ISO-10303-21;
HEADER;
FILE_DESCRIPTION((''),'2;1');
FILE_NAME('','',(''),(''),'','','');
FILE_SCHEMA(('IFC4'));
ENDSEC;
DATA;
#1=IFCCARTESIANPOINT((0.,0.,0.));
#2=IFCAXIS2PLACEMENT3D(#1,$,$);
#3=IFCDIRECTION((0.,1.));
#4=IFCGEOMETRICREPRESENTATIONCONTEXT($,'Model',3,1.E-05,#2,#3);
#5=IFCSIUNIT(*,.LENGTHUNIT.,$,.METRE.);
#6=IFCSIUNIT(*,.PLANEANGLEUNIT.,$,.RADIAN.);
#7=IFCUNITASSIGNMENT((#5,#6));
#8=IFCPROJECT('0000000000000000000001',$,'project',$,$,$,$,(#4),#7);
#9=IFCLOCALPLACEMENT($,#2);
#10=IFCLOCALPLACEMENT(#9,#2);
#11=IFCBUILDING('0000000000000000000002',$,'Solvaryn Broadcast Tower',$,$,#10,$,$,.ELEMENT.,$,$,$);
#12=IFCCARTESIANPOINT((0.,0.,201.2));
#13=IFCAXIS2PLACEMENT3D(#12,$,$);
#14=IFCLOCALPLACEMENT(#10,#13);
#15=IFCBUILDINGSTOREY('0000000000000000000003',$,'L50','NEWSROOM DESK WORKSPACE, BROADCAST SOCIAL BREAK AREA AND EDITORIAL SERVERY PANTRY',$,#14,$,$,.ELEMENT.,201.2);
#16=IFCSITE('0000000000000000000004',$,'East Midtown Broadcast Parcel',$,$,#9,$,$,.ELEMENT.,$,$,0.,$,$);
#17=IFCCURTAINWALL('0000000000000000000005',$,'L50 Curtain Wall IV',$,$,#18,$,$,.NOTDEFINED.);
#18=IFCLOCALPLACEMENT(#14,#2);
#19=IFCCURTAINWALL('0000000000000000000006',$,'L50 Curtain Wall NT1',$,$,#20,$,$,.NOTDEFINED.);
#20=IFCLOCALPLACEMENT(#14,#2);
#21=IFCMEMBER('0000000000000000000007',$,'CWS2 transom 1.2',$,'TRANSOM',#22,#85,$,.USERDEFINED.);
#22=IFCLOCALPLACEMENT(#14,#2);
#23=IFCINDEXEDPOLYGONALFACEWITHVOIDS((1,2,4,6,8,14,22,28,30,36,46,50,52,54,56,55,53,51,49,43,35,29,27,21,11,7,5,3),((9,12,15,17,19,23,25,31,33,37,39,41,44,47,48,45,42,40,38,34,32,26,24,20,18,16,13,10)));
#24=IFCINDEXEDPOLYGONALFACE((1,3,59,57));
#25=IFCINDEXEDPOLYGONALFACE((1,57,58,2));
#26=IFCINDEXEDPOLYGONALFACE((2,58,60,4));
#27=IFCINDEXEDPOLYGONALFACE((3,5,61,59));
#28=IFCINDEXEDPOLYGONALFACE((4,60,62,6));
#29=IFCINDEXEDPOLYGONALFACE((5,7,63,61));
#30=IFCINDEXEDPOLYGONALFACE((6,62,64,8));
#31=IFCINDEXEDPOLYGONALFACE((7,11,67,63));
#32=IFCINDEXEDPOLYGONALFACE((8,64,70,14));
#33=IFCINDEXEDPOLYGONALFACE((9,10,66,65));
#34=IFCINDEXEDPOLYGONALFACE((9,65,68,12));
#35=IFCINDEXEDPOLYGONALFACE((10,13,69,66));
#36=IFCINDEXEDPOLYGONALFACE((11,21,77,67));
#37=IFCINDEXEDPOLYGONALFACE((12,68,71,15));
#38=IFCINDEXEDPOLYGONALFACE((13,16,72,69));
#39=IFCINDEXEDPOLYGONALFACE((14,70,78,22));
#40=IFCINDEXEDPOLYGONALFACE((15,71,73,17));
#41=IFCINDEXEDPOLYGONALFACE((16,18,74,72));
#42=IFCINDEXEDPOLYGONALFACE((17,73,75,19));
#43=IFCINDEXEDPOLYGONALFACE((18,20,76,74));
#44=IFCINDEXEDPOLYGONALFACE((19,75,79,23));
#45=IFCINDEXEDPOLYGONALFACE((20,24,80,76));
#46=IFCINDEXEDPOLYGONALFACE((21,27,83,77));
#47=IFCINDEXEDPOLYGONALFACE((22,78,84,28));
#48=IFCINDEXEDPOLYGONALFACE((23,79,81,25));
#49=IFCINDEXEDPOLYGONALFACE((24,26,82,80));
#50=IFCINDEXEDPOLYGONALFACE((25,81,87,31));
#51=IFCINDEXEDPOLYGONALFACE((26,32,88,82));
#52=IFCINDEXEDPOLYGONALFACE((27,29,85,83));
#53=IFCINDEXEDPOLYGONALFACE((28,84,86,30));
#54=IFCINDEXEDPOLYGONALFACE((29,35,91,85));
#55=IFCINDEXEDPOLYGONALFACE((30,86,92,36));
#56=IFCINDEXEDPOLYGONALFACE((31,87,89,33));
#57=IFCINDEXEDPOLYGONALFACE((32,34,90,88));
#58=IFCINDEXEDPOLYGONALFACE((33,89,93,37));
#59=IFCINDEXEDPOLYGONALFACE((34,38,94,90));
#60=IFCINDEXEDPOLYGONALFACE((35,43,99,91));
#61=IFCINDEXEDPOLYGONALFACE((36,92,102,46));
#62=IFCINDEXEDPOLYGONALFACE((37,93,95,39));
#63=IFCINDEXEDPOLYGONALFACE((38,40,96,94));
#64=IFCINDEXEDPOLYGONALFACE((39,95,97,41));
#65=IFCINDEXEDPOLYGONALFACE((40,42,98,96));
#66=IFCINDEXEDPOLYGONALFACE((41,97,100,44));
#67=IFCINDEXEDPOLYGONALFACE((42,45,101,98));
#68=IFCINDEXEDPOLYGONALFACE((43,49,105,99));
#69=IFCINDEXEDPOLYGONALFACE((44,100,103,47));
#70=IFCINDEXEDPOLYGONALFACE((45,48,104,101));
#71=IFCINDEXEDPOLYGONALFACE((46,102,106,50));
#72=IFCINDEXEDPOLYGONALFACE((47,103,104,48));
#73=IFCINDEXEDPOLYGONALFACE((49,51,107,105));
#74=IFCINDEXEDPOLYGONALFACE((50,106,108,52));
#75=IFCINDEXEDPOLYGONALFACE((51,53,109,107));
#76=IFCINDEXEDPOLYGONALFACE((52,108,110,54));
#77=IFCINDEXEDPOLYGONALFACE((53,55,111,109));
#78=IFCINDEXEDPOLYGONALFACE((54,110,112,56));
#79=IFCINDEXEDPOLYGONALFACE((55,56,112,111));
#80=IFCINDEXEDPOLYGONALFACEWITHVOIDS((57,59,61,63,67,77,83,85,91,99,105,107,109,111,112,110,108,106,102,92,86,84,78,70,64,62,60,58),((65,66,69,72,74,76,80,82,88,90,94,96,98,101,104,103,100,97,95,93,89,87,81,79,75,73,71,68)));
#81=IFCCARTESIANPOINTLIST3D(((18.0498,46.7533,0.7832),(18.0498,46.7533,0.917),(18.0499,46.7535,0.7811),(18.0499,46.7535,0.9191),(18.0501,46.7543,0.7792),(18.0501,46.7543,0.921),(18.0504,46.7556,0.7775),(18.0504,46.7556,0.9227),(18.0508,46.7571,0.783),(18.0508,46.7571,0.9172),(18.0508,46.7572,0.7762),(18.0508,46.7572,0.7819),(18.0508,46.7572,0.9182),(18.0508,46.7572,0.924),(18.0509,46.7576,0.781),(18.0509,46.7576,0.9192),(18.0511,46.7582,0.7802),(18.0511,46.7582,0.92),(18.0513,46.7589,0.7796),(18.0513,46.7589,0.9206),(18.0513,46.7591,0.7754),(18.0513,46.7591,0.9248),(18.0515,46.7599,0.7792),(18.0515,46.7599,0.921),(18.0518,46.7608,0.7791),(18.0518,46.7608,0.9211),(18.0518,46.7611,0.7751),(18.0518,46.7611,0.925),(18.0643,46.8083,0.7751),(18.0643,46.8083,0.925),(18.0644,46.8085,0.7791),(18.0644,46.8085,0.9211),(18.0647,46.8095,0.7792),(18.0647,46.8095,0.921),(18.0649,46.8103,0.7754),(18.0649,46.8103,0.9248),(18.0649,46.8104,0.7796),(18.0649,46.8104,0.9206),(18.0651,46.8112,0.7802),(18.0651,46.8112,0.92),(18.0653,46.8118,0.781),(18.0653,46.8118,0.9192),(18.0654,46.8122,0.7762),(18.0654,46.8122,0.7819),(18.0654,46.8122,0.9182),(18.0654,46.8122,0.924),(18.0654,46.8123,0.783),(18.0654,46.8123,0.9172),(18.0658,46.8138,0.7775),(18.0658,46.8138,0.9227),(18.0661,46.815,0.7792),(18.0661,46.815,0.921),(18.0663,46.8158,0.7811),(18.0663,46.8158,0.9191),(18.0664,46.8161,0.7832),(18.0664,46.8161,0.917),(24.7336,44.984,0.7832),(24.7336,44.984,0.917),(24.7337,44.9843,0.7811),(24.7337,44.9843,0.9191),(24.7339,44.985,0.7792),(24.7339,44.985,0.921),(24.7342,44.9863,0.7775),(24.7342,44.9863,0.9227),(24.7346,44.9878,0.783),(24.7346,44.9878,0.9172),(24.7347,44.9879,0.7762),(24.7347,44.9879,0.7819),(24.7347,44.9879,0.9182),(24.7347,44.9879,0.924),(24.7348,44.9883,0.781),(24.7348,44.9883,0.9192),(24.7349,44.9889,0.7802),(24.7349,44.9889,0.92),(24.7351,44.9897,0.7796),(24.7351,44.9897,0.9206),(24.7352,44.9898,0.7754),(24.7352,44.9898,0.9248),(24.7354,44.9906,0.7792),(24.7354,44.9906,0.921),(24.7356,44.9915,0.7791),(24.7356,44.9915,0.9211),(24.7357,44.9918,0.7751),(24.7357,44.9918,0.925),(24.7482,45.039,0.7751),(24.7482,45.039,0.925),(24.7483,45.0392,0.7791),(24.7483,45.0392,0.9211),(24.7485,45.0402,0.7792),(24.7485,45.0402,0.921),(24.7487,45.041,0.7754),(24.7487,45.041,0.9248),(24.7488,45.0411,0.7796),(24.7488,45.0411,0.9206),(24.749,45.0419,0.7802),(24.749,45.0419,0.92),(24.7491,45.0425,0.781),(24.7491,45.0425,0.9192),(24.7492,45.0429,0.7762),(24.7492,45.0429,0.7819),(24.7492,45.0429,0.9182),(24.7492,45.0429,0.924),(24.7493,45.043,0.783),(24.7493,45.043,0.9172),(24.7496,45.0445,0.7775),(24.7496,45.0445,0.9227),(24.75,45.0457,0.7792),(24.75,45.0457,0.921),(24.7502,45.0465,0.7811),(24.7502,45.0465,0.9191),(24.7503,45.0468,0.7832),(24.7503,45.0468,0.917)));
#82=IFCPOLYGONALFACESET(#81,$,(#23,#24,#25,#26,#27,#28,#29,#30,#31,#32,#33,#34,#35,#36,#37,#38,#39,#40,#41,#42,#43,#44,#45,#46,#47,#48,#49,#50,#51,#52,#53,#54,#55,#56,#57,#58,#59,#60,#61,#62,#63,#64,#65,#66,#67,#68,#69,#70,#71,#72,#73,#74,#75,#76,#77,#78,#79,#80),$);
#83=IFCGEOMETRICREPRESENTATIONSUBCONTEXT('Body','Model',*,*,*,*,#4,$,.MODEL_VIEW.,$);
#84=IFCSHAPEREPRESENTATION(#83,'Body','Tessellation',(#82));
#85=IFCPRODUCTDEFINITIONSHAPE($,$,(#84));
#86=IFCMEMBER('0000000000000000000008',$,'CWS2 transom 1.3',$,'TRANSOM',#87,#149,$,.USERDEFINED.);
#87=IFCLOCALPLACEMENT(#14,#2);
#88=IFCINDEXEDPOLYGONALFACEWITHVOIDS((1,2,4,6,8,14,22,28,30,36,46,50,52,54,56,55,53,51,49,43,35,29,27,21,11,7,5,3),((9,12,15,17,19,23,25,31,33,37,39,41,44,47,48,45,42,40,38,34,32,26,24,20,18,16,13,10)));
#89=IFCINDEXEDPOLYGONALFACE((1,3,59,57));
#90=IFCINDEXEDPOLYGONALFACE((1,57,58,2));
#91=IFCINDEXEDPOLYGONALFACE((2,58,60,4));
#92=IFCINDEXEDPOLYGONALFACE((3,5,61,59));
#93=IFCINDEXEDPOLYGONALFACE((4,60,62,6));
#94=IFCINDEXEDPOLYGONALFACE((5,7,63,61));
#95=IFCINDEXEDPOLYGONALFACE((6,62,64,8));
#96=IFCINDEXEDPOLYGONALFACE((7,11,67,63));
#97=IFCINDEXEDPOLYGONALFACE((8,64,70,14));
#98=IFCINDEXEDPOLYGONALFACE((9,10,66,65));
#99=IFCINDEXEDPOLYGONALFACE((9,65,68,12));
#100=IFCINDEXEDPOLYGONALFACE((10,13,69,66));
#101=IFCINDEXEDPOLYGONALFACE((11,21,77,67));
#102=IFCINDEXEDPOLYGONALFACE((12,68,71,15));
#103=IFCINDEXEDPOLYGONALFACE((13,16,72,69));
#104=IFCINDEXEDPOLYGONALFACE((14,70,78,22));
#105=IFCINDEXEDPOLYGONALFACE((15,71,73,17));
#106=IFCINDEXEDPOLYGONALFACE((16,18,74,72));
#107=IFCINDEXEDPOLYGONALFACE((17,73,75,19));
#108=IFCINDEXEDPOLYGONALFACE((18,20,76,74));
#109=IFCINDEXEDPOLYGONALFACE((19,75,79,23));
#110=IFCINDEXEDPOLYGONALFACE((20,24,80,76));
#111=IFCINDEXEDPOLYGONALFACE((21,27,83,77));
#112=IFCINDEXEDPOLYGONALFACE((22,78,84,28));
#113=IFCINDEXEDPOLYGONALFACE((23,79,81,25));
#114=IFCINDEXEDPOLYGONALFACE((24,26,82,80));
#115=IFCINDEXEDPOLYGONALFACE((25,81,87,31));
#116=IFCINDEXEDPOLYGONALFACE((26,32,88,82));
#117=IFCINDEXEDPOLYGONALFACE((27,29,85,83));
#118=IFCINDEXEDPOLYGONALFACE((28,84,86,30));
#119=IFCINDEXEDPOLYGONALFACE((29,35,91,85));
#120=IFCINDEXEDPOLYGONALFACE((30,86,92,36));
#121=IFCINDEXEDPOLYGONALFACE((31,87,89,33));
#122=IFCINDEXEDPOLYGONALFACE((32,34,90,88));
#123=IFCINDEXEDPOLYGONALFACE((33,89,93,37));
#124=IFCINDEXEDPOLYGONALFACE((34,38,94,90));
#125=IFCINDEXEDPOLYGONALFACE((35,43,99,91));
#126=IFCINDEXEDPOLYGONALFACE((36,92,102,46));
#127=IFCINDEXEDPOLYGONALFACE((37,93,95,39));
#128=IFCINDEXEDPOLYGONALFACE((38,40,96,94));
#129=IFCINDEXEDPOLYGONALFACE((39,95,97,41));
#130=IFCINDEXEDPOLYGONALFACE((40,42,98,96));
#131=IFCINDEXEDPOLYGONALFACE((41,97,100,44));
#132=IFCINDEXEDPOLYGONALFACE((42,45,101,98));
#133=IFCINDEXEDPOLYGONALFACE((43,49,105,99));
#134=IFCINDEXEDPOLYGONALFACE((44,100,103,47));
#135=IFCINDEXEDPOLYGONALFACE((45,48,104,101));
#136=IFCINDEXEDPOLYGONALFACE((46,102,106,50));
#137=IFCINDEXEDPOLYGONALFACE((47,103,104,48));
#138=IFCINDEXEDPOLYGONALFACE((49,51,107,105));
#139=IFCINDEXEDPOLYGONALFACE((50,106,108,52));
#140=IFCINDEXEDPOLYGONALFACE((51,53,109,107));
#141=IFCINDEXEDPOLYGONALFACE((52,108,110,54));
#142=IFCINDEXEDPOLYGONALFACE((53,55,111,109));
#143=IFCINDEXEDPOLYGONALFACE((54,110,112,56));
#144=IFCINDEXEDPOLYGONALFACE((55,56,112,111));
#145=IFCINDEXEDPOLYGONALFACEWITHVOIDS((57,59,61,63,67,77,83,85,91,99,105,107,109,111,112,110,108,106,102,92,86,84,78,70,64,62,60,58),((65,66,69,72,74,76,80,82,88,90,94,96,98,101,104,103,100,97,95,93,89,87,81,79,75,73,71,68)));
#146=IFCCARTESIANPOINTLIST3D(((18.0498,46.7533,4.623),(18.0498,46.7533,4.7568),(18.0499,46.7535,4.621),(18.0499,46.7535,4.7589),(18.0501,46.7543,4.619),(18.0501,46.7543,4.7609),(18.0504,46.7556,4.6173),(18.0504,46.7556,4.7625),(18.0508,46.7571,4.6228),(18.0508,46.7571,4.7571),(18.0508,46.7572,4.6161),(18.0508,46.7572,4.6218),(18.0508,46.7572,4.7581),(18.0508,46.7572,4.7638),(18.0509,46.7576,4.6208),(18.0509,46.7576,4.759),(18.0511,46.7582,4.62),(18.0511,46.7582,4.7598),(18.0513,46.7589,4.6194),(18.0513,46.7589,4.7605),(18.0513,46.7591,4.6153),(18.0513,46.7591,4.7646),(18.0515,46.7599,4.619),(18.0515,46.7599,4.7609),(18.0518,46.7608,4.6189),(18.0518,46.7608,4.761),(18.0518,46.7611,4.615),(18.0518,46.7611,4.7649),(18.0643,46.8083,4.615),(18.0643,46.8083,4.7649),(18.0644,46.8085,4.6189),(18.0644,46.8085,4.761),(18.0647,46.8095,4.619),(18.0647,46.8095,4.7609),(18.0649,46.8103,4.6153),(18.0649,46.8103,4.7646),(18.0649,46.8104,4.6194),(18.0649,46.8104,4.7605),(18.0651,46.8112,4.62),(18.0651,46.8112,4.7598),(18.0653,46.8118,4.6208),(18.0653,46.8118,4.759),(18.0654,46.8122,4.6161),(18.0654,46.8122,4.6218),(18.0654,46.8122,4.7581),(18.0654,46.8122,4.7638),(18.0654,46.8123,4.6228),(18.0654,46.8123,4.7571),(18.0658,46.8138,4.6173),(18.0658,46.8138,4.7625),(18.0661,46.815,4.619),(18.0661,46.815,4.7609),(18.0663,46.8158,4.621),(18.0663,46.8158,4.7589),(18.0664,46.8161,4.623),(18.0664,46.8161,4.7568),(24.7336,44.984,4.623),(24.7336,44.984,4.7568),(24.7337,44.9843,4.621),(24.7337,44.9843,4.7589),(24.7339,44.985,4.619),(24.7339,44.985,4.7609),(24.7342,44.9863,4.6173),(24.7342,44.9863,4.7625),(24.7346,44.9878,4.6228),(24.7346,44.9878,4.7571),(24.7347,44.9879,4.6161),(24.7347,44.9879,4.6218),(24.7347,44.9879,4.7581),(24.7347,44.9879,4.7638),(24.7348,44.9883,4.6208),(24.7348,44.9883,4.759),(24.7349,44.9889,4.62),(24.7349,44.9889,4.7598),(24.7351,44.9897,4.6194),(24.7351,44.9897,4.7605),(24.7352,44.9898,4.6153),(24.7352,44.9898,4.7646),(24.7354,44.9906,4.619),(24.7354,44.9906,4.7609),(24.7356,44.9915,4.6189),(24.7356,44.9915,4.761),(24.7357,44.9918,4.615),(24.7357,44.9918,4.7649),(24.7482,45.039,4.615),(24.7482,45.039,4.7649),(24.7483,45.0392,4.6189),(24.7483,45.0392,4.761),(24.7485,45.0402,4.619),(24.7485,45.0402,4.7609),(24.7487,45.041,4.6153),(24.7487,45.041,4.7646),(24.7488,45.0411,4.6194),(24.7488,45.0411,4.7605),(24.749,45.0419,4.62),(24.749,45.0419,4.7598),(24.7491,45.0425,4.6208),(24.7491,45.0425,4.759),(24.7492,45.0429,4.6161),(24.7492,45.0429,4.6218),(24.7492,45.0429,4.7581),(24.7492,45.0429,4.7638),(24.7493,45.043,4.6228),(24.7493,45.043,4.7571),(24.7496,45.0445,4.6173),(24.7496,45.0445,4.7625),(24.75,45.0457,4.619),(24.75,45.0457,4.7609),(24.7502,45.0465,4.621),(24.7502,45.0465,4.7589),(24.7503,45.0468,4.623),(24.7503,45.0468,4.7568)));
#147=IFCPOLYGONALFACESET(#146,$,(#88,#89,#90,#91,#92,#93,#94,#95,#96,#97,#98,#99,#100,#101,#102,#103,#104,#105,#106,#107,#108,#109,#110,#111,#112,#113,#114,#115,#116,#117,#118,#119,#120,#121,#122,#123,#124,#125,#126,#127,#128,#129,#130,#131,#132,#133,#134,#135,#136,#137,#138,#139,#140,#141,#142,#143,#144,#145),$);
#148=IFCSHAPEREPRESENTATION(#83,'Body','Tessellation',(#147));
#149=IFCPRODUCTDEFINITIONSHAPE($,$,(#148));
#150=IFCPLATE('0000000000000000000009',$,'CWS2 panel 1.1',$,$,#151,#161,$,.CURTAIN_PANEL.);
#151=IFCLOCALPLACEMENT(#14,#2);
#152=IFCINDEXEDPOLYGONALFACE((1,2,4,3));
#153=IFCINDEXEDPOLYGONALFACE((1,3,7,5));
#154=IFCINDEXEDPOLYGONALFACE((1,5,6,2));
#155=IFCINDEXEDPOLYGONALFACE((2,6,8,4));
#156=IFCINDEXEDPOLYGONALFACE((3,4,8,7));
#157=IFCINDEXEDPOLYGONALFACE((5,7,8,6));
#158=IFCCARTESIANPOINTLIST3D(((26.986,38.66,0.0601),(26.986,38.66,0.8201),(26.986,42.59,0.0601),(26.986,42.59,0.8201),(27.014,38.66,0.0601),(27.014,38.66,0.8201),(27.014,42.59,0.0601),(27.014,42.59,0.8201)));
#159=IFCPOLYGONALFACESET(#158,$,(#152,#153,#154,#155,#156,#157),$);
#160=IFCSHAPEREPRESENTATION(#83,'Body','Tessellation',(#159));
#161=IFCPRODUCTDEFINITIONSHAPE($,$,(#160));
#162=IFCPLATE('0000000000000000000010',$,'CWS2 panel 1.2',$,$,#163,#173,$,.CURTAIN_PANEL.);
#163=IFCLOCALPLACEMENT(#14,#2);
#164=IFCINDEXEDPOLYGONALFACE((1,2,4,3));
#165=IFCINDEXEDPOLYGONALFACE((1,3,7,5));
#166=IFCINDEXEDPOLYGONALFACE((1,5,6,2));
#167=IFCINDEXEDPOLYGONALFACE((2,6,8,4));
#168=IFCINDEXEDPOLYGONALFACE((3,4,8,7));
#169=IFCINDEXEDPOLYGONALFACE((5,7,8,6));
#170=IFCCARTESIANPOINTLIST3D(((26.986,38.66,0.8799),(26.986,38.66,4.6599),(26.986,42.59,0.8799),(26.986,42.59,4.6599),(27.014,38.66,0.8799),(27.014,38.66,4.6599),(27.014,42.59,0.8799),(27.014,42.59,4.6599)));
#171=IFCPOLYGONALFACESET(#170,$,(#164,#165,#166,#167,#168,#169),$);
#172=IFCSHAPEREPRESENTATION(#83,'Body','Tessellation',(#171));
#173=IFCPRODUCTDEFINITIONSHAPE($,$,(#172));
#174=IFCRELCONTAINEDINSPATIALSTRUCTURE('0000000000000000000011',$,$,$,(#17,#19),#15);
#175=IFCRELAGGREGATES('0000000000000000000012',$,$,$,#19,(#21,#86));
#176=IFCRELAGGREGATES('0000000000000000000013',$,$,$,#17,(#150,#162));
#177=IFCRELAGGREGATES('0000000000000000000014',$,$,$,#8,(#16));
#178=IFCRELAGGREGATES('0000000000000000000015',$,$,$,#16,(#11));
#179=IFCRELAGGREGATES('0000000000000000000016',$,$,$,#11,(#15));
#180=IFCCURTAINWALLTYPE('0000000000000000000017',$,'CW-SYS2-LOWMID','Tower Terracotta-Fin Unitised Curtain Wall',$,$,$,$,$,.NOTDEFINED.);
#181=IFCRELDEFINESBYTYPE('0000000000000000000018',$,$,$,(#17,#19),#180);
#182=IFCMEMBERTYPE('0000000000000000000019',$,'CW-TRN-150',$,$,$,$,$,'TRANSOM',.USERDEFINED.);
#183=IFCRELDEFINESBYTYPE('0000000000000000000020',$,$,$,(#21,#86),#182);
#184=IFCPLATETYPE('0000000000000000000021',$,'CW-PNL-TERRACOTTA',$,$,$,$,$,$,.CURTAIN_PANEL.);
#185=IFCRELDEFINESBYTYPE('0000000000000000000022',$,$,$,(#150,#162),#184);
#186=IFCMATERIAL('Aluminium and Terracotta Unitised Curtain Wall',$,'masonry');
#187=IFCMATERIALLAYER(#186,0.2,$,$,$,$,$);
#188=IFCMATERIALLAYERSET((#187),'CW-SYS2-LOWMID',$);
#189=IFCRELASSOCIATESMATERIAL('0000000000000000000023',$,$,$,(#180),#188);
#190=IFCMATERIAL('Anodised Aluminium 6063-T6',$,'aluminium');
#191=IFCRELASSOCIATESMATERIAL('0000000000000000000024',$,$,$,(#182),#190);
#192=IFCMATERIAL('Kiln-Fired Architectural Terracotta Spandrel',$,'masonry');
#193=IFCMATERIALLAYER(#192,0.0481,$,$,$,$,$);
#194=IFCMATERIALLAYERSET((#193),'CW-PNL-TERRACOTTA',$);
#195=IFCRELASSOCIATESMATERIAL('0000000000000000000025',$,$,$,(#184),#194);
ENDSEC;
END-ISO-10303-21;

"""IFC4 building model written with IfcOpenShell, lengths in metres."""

from ifc_helpers import new_model, si_unit, direction, frame, origin, origin_2d, place, context, subcontext, project, spatial, rectangle, hollow_rectangle, extrude, material, layer, layer_set, material_profile, profile_set, type_object, element, aggregate, save


model = new_model("IFC4")

# Units and contexts
model_context = context("Model", 3, precision=1e-05, world=origin(), true_north=direction((0.0, 1.0)))
body_context = subcontext(model_context, "Body", "Model", "MODEL_VIEW")
ifc_project = project(units=[si_unit("LENGTHUNIT", "METRE"), si_unit("PLANEANGLEUNIT", "RADIAN")], contexts=[model_context])

# Site, building, storey
site_placement = place(None, origin())
site = spatial("IfcSite", under=ifc_project, at=site_placement, Name="East Midtown Broadcast Parcel", CompositionType="ELEMENT", RefElevation=0.0)
building_placement = place(site_placement, origin())
building = spatial("IfcBuilding", under=site, at=building_placement, Name="Solvaryn Broadcast Tower", CompositionType="ELEMENT")
storey_placement = place(building_placement, frame((0.0, 0.0, 201.2)))
storey = spatial("IfcBuildingStorey", under=building, at=storey_placement, Name="L50", Description="NEWSROOM DESK WORKSPACE, BROADCAST SOCIAL BREAK AREA AND EDITORIAL SERVERY PANTRY", CompositionType="ELEMENT", Elevation=201.2)

# Curtain wall
ifc_material_1 = material(Name="Aluminium and Terracotta Unitised Curtain Wall", Category="masonry")
ifc_layer_1 = layer(ifc_material_1, 0.2)
ifc_layer_set_1 = layer_set([ifc_layer_1], Name="CW-SYS2-LOWMID")
curtain_wall_type = type_object("IfcCurtainWallType", Name="CW-SYS2-LOWMID", Description="Tower Terracotta-Fin Unitised Curtain Wall", PredefinedType="NOTDEFINED", material=ifc_layer_set_1)
curtain_wall_1_placement = place(storey_placement, origin())
curtain_wall_1 = element("IfcCurtainWall", 1, at=curtain_wall_1_placement, inside=storey, type_object=curtain_wall_type, Name="L50 Curtain Wall IV", PredefinedType="NOTDEFINED")

# Curtain wall
curtain_wall_2_placement = place(storey_placement, origin())
curtain_wall_2 = element("IfcCurtainWall", 2, at=curtain_wall_2_placement, inside=storey, type_object=curtain_wall_type, Name="L50 Curtain Wall NT1", PredefinedType="NOTDEFINED")

# Members
ifc_material_2 = material(Name="Anodised Aluminium 6063-T6", Category="aluminium")
ifc_material_profile_1 = material_profile(ifc_material_2, hollow_rectangle(XDim=0.0649, YDim=0.1499, WallThickness=0.0039, InnerFilletRadius=0.0039, OuterFilletRadius=0.0081, at=origin_2d()))
ifc_profile_set_1 = profile_set([ifc_material_profile_1], Name="Anodised Aluminium 6063-T6")
member_type_1 = type_object("IfcMemberType", Name="CW-TRN-150", ElementType="TRANSOM", PredefinedType="USERDEFINED", material=ifc_profile_set_1)
member_1_placement = place(storey_placement, frame((24.7419, 45.0154, 0.8501), z_axis=(-0.966704, 0.255897, 0.0), x_axis=(-0.255897, -0.966704, 0.0)))
member_1 = element("IfcMember", 3, at=member_1_placement, type_object=member_type_1, Name="CWS2 transom 1.2", ObjectType="TRANSOM", PredefinedType="USERDEFINED", context=body_context, shape_type="SweptSolid", body=[
    extrude(hollow_rectangle(XDim=0.0649, YDim=0.1499, WallThickness=0.0039, InnerFilletRadius=0.0039, OuterFilletRadius=0.0081, at=origin_2d()), origin(), (0.0, 0.0, 1.0), 6.9141),
])
member_2_placement = place(storey_placement, frame((24.7419, 45.0154, 4.6899), z_axis=(-0.966704, 0.255897, 0.0), x_axis=(-0.255897, -0.966704, 0.0)))
member_2 = element("IfcMember", 4, at=member_2_placement, type_object=member_type_1, Name="CWS2 transom 1.3", ObjectType="TRANSOM", PredefinedType="USERDEFINED", context=body_context, shape_type="SweptSolid", body=[
    extrude(hollow_rectangle(XDim=0.0649, YDim=0.1499, WallThickness=0.0039, InnerFilletRadius=0.0039, OuterFilletRadius=0.0081, at=origin_2d()), origin(), (0.0, 0.0, 1.0), 6.9141),
])
aggregate(curtain_wall_2, [member_1, member_2])

# Plates
ifc_material_3 = material(Name="Kiln-Fired Architectural Terracotta Spandrel", Category="masonry")
ifc_layer_2 = layer(ifc_material_3, 0.0481)
ifc_layer_set_2 = layer_set([ifc_layer_2], Name="CW-PNL-TERRACOTTA")
plate_type = type_object("IfcPlateType", Name="CW-PNL-TERRACOTTA", PredefinedType="CURTAIN_PANEL", material=ifc_layer_set_2)
plate_1_placement = place(storey_placement, frame((27.0, 40.625, 0.0601), z_axis=(0.0, 0.0, 1.0), x_axis=(0.0, -1.0, 0.0)))
plate_1 = element("IfcPlate", 5, at=plate_1_placement, type_object=plate_type, Name="CWS2 panel 1.1", PredefinedType="CURTAIN_PANEL", context=body_context, shape_type="SweptSolid", body=[
    extrude(rectangle(XDim=3.9299, YDim=0.0281, at=origin_2d()), origin(), (0.0, 0.0, 1.0), 0.76),
])
plate_2_placement = place(storey_placement, frame((27.0, 40.625, 0.8799), z_axis=(0.0, 0.0, 1.0), x_axis=(0.0, -1.0, 0.0)))
plate_2 = element("IfcPlate", 6, at=plate_2_placement, type_object=plate_type, Name="CWS2 panel 1.2", PredefinedType="CURTAIN_PANEL", context=body_context, shape_type="SweptSolid", body=[
    extrude(rectangle(XDim=3.9299, YDim=0.0281, at=origin_2d()), origin(), (0.0, 0.0, 1.0), 3.78),
])
aggregate(curtain_wall_1, [plate_1, plate_2])

save(model, "model.ifc")
